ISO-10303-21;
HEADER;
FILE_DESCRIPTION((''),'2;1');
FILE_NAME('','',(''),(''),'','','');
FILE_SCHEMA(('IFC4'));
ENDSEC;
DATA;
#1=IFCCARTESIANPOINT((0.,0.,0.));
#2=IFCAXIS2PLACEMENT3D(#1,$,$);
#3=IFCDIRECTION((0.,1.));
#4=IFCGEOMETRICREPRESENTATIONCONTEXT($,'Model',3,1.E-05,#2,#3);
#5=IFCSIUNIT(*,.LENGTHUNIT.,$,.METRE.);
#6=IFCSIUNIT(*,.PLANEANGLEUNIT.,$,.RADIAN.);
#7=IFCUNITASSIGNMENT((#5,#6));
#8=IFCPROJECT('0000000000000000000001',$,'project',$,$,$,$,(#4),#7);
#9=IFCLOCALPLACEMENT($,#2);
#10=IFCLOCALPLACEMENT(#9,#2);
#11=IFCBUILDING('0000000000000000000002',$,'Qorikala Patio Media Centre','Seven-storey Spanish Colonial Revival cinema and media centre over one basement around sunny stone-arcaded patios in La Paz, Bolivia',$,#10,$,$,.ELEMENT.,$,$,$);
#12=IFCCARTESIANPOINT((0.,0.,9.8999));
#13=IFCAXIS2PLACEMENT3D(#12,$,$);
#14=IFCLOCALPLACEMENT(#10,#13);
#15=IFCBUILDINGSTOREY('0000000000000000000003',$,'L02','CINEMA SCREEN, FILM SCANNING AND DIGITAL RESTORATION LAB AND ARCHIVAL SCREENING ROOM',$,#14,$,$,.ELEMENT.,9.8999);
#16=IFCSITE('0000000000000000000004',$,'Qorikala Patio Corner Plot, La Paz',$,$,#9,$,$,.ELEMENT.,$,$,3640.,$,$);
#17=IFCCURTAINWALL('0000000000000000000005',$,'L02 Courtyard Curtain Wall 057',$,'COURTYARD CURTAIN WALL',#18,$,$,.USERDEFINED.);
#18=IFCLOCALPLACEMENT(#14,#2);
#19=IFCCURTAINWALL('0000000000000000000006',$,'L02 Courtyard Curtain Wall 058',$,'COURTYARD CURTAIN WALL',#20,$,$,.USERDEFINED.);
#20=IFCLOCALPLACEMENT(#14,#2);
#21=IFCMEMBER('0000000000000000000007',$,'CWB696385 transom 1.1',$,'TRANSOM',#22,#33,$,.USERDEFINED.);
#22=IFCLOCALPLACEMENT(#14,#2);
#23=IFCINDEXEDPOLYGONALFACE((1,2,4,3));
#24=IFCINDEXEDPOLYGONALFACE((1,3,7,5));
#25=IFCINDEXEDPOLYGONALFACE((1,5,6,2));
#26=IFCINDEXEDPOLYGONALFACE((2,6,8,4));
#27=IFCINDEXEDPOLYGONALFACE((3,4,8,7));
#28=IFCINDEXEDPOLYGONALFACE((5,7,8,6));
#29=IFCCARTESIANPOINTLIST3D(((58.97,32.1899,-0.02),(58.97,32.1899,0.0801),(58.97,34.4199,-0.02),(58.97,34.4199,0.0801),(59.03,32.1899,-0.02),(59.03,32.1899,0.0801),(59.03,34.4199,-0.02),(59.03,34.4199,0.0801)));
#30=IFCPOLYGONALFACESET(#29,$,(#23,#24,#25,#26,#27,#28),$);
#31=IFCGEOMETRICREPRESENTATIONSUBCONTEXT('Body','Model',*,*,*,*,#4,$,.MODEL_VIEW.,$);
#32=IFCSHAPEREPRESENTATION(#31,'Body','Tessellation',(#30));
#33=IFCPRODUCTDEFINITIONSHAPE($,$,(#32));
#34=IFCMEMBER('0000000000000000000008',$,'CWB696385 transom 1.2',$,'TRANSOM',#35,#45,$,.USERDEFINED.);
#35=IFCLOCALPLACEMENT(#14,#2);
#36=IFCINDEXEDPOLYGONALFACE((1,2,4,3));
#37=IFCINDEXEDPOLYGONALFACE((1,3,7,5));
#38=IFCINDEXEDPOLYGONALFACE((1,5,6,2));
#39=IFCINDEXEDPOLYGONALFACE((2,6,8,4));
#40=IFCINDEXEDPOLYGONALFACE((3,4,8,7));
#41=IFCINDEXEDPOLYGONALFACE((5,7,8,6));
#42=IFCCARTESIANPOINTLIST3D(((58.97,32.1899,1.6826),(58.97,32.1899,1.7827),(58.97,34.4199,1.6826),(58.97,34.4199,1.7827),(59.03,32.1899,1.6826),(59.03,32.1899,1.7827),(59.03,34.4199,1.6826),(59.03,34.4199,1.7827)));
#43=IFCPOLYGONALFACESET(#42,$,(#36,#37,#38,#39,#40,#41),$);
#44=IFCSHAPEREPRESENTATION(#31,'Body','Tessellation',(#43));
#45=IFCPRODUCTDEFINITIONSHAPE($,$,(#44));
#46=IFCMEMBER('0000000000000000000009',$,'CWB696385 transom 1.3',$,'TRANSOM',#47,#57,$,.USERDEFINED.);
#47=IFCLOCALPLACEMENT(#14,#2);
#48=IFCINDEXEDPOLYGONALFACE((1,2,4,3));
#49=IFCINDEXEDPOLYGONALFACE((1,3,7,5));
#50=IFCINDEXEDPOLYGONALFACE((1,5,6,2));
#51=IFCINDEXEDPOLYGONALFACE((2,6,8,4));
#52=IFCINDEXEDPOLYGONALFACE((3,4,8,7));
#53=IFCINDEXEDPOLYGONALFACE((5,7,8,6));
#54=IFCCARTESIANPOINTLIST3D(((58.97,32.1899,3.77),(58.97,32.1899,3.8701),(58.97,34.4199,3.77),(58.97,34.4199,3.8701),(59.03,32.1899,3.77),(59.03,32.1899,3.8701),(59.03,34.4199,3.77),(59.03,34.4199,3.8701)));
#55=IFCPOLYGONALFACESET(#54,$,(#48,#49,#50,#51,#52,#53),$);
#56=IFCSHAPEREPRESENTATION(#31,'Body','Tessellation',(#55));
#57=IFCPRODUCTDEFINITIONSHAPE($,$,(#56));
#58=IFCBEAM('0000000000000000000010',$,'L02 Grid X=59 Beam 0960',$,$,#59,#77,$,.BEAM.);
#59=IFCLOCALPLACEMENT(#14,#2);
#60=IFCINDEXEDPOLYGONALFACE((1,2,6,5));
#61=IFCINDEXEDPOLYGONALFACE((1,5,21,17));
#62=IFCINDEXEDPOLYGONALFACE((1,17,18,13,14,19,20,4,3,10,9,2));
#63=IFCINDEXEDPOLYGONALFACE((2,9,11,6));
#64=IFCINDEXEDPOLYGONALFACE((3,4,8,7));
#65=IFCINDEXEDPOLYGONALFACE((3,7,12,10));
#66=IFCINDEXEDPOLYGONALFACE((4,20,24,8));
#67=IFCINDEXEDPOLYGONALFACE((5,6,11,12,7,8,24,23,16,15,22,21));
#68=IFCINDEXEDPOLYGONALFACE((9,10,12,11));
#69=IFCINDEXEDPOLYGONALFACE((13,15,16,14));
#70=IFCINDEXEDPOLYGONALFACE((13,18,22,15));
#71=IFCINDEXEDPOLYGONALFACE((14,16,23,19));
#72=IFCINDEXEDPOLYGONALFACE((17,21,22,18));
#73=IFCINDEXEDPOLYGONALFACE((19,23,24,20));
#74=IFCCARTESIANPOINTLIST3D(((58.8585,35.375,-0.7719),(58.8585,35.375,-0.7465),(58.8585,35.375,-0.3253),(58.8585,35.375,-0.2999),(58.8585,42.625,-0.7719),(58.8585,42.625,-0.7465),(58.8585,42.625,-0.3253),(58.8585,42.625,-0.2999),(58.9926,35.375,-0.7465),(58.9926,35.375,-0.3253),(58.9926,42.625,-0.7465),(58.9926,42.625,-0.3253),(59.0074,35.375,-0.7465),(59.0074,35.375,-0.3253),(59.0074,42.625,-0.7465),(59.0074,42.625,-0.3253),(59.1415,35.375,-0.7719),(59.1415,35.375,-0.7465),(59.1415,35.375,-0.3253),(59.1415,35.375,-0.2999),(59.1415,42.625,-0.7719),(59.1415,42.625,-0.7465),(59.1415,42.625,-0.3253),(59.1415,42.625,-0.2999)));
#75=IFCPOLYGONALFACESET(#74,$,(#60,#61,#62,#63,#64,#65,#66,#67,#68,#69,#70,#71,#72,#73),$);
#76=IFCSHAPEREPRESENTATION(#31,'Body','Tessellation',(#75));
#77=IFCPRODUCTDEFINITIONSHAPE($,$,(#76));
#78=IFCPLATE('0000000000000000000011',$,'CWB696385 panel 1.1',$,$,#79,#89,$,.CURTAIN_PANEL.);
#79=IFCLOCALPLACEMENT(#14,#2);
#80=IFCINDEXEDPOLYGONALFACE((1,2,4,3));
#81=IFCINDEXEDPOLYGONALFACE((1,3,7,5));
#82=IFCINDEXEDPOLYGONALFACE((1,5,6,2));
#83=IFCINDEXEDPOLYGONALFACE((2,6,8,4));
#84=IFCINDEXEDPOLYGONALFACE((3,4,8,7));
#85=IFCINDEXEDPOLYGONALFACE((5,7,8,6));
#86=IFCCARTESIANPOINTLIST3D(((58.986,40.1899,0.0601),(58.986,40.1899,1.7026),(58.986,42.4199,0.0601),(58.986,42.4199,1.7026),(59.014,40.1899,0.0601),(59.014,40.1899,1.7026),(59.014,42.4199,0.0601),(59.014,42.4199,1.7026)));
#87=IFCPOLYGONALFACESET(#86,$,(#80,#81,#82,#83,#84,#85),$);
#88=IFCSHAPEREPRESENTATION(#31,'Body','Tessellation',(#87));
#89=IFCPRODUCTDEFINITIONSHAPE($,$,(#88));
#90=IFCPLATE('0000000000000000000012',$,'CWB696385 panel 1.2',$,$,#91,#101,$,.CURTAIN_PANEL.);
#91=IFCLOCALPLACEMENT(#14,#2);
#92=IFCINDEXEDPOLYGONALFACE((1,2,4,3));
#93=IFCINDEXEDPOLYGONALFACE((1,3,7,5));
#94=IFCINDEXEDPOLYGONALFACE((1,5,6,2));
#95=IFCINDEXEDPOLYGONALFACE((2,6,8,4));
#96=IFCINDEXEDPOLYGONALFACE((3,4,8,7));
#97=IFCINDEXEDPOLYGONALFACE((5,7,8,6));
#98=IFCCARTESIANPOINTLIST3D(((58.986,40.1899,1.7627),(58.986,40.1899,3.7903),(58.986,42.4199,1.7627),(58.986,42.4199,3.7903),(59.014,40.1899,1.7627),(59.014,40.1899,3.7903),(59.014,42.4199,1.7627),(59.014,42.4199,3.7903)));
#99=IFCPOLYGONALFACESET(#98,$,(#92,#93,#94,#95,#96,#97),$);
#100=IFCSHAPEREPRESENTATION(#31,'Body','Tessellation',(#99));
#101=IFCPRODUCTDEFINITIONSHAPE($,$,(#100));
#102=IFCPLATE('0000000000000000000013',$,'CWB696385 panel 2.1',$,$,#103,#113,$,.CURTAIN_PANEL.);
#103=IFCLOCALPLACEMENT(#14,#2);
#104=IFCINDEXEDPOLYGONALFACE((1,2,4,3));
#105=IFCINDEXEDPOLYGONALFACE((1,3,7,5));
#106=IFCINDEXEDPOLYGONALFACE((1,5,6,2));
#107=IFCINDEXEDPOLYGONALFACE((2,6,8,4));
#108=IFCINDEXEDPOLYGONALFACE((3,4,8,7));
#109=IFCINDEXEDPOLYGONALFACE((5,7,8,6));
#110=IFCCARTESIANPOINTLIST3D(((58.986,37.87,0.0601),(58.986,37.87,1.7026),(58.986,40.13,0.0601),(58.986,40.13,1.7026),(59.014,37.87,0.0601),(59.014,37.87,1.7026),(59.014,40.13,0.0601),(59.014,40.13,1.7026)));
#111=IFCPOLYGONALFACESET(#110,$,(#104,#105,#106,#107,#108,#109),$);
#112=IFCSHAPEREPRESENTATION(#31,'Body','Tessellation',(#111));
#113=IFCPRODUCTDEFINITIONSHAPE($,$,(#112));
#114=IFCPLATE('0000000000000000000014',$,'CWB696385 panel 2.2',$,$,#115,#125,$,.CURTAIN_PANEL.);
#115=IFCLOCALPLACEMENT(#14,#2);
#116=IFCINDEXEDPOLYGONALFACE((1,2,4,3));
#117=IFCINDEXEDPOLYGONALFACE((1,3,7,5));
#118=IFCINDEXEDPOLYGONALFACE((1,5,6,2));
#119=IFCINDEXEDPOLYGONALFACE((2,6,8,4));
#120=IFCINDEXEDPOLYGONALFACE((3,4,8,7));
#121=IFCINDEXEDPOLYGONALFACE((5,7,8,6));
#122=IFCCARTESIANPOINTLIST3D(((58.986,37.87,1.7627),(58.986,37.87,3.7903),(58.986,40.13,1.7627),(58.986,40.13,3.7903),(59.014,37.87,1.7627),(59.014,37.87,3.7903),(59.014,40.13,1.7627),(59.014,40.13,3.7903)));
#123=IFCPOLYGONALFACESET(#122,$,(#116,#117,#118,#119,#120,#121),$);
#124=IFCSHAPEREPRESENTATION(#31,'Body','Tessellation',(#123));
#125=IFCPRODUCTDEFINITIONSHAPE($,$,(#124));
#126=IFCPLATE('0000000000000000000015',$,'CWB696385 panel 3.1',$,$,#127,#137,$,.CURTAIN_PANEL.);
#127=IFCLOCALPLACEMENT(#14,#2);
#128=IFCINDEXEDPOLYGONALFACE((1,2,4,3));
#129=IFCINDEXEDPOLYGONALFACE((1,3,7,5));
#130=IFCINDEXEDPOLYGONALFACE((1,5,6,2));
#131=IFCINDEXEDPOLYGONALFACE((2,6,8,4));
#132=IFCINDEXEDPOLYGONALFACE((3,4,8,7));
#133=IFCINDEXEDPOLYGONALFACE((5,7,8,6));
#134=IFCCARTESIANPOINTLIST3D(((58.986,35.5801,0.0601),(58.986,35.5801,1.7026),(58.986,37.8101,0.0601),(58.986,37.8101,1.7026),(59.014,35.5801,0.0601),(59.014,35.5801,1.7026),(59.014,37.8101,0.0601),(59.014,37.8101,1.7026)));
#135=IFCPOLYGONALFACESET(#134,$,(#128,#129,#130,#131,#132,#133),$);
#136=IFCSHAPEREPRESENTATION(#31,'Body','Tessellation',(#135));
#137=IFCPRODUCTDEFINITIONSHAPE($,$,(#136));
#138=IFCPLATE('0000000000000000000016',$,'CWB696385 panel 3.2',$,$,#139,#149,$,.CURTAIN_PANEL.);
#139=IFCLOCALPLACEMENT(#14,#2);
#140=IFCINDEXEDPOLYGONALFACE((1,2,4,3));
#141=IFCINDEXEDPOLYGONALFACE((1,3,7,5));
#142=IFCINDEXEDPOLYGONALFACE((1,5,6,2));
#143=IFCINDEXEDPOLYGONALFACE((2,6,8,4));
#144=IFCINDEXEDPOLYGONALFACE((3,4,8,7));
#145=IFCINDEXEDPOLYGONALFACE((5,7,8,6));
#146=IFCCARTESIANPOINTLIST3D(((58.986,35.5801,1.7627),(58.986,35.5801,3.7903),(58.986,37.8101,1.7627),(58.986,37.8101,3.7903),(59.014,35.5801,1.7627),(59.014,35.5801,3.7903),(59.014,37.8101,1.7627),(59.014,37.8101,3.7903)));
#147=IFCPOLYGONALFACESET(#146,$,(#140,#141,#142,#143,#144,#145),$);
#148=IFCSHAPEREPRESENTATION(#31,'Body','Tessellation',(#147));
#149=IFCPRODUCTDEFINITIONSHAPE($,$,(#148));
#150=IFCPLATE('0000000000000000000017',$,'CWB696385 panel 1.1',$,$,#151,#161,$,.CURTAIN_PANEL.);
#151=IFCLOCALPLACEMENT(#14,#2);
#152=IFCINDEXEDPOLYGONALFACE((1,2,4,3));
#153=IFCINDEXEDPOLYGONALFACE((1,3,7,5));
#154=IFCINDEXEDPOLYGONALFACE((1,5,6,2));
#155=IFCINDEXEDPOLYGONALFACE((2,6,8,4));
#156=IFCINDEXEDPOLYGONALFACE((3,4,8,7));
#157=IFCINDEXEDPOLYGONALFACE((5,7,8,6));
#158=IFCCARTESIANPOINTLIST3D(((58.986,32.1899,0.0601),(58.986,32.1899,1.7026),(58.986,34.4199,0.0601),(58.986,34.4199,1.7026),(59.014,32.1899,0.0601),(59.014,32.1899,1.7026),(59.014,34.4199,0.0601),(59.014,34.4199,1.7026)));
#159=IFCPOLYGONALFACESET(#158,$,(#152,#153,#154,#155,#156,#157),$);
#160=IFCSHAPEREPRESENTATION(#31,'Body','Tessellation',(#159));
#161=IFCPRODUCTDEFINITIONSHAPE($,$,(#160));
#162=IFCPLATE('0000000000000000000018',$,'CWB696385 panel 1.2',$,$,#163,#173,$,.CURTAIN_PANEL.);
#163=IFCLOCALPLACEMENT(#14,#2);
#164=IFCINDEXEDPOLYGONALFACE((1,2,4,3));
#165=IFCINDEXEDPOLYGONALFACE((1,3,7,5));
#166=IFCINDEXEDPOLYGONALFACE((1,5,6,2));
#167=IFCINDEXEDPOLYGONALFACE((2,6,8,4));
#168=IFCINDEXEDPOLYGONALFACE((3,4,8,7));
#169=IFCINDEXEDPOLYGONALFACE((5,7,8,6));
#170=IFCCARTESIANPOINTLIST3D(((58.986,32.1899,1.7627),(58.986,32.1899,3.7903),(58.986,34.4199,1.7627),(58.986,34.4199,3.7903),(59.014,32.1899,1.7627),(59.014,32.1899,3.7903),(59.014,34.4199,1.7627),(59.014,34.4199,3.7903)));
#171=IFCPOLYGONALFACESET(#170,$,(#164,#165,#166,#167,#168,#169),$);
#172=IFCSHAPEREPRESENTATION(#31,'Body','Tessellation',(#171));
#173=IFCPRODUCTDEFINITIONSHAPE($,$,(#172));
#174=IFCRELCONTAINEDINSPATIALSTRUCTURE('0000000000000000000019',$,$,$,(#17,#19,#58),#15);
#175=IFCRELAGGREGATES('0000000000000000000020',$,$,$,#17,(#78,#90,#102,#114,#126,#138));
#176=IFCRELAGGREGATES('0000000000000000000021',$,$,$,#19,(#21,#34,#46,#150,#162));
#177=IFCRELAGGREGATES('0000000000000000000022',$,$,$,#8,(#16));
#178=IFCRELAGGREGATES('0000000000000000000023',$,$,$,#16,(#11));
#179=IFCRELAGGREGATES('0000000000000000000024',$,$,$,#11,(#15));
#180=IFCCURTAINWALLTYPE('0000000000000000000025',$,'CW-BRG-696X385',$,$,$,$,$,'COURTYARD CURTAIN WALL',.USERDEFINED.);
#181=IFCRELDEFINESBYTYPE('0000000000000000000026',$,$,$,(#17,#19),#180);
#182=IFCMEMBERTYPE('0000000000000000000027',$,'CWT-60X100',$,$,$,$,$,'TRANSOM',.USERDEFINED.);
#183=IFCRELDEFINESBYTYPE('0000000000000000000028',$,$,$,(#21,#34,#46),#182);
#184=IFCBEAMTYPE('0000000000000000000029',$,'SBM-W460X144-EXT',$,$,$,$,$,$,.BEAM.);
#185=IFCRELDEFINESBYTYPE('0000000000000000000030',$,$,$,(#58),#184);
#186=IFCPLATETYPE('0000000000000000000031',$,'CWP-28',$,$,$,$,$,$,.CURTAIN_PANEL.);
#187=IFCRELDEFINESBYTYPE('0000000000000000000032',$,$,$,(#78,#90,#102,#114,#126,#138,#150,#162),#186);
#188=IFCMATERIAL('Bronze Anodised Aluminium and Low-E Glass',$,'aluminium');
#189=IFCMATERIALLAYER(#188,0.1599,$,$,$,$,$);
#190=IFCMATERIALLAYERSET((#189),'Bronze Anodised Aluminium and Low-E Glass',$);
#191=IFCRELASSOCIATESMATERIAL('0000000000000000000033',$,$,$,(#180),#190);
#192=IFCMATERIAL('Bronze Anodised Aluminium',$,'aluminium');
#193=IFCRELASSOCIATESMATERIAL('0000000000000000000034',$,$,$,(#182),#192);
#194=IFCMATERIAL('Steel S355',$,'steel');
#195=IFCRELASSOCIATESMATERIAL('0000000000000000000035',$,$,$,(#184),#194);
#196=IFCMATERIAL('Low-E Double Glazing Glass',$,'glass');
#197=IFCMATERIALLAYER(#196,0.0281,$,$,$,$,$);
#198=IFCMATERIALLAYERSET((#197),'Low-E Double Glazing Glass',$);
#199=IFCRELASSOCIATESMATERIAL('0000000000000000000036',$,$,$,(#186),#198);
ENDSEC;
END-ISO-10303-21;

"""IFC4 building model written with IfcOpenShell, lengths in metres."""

from ifc_helpers import new_model, si_unit, direction, frame, origin, origin_2d, place, context, subcontext, project, spatial, rectangle, i_section, extrude, material, layer, layer_set, material_profile, profile_set, type_object, element, aggregate, save


model = new_model("IFC4")

# Units and contexts
model_context = context("Model", 3, precision=1e-05, world=origin(), true_north=direction((0.0, 1.0)))
body_context = subcontext(model_context, "Body", "Model", "MODEL_VIEW")
ifc_project = project(units=[si_unit("LENGTHUNIT", "METRE"), si_unit("PLANEANGLEUNIT", "RADIAN")], contexts=[model_context])

# Site, building, storey
site_placement = place(None, origin())
site = spatial("IfcSite", under=ifc_project, at=site_placement, Name="Qorikala Patio Corner Plot, La Paz", CompositionType="ELEMENT", RefElevation=3640.0)
building_placement = place(site_placement, origin())
building = spatial("IfcBuilding", under=site, at=building_placement, Name="Qorikala Patio Media Centre", Description="Seven-storey Spanish Colonial Revival cinema and media centre over one basement around sunny stone-arcaded patios in La Paz, Bolivia", CompositionType="ELEMENT")
storey_placement = place(building_placement, frame((0.0, 0.0, 9.8999)))
storey = spatial("IfcBuildingStorey", under=building, at=storey_placement, Name="L02", Description="CINEMA SCREEN, FILM SCANNING AND DIGITAL RESTORATION LAB AND ARCHIVAL SCREENING ROOM", CompositionType="ELEMENT", Elevation=9.8999)

# Curtain walls
ifc_material_1 = material(Name="Bronze Anodised Aluminium and Low-E Glass", Category="aluminium")
ifc_layer_1 = layer(ifc_material_1, 0.1599)
ifc_layer_set_1 = layer_set([ifc_layer_1], Name="Bronze Anodised Aluminium and Low-E Glass")
curtain_wall_type = type_object("IfcCurtainWallType", Name="CW-BRG-696X385", ElementType="COURTYARD CURTAIN WALL", PredefinedType="USERDEFINED", material=ifc_layer_set_1)
curtain_wall_1_placement = place(storey_placement, origin())
curtain_wall_1 = element("IfcCurtainWall", 1, at=curtain_wall_1_placement, inside=storey, type_object=curtain_wall_type, Name="L02 Courtyard Curtain Wall 057", ObjectType="COURTYARD CURTAIN WALL", PredefinedType="USERDEFINED")
ifc_material_2 = material(Name="Bronze Anodised Aluminium", Category="aluminium")
curtain_wall_2_placement = place(storey_placement, origin())
curtain_wall_2 = element("IfcCurtainWall", 2, at=curtain_wall_2_placement, inside=storey, type_object=curtain_wall_type, Name="L02 Courtyard Curtain Wall 058", ObjectType="COURTYARD CURTAIN WALL", PredefinedType="USERDEFINED")

# Members
ifc_material_profile_1 = material_profile(ifc_material_2, rectangle(XDim=0.0601, YDim=0.1001, at=origin_2d()), Name="ALU TRANSOM 60x100")
ifc_profile_set_1 = profile_set([ifc_material_profile_1], Name="Bronze Anodised Aluminium")
member_type_1 = type_object("IfcMemberType", Name="CWT-60X100", ElementType="TRANSOM", PredefinedType="USERDEFINED", material=ifc_profile_set_1)
member_1_placement = place(storey_placement, frame((59.0, 34.4199, 0.03), z_axis=(0.0, -1.0, 0.0), x_axis=(1.0, 0.0, 0.0)))
member_1 = element("IfcMember", 3, at=member_1_placement, type_object=member_type_1, Name="CWB696385 transom 1.1", ObjectType="TRANSOM", PredefinedType="USERDEFINED", context=body_context, shape_type="SweptSolid", body=[
    extrude(rectangle(XDim=0.0601, YDim=0.1001, at=origin_2d()), origin(), (0.0, 0.0, 1.0), 2.23),
])
member_2_placement = place(storey_placement, frame((59.0, 34.4199, 1.7327), z_axis=(0.0, -1.0, 0.0), x_axis=(1.0, 0.0, 0.0)))
member_2 = element("IfcMember", 4, at=member_2_placement, type_object=member_type_1, Name="CWB696385 transom 1.2", ObjectType="TRANSOM", PredefinedType="USERDEFINED", context=body_context, shape_type="SweptSolid", body=[
    extrude(rectangle(XDim=0.0601, YDim=0.1001, at=origin_2d()), origin(), (0.0, 0.0, 1.0), 2.23),
])
member_3_placement = place(storey_placement, frame((59.0, 34.4199, 3.8201), z_axis=(0.0, -1.0, 0.0), x_axis=(1.0, 0.0, 0.0)))
member_3 = element("IfcMember", 5, at=member_3_placement, type_object=member_type_1, Name="CWB696385 transom 1.3", ObjectType="TRANSOM", PredefinedType="USERDEFINED", context=body_context, shape_type="SweptSolid", body=[
    extrude(rectangle(XDim=0.0601, YDim=0.1001, at=origin_2d()), origin(), (0.0, 0.0, 1.0), 2.23),
])

# Beam
ifc_material_3 = material(Name="Steel S355", Category="steel")
ifc_material_profile_2 = material_profile(ifc_material_3, i_section(OverallWidth=0.283, OverallDepth=0.4719, WebThickness=0.0149, FlangeThickness=0.0254, at=origin_2d()), Name="W460X144")
ifc_profile_set_2 = profile_set([ifc_material_profile_2], Name="Steel S355")
beam_type = type_object("IfcBeamType", Name="SBM-W460X144-EXT", PredefinedType="BEAM", material=ifc_profile_set_2)
beam_placement = place(storey_placement, frame((59.0, 35.375, -0.5359), z_axis=(0.0, 1.0, 0.0), x_axis=(-1.0, 0.0, 0.0)))
element("IfcBeam", 6, at=beam_placement, inside=storey, type_object=beam_type, Name="L02 Grid X=59 Beam 0960", PredefinedType="BEAM", context=body_context, shape_type="SweptSolid", body=[
    extrude(i_section(OverallWidth=0.283, OverallDepth=0.4719, WebThickness=0.0149, FlangeThickness=0.0254, at=origin_2d()), origin(), (0.0, 0.0, 1.0), 7.25),
])

# Plates
ifc_material_4 = material(Name="Low-E Double Glazing Glass", Category="glass")
ifc_layer_2 = layer(ifc_material_4, 0.0281)
ifc_layer_set_2 = layer_set([ifc_layer_2], Name="Low-E Double Glazing Glass")
plate_type = type_object("IfcPlateType", Name="CWP-28", PredefinedType="CURTAIN_PANEL", material=ifc_layer_set_2)
plate_1_placement = place(storey_placement, frame((59.0, 41.3049, 0.0601), z_axis=(0.0, 0.0, 1.0), x_axis=(0.0, -1.0, 0.0)))
plate_1 = element("IfcPlate", 7, at=plate_1_placement, type_object=plate_type, Name="CWB696385 panel 1.1", PredefinedType="CURTAIN_PANEL", context=body_context, shape_type="SweptSolid", body=[
    extrude(rectangle(XDim=2.23, YDim=0.0281, at=origin_2d()), origin(), (0.0, 0.0, 1.0), 1.6426),
])
plate_2_placement = place(storey_placement, frame((59.0, 41.3049, 1.7627), z_axis=(0.0, 0.0, 1.0), x_axis=(0.0, -1.0, 0.0)))
plate_2 = element("IfcPlate", 8, at=plate_2_placement, type_object=plate_type, Name="CWB696385 panel 1.2", PredefinedType="CURTAIN_PANEL", context=body_context, shape_type="SweptSolid", body=[
    extrude(rectangle(XDim=2.23, YDim=0.0281, at=origin_2d()), origin(), (0.0, 0.0, 1.0), 2.0276),
])
plate_3_placement = place(storey_placement, frame((59.0, 39.0, 0.0601), z_axis=(0.0, 0.0, 1.0), x_axis=(0.0, -1.0, 0.0)))
plate_3 = element("IfcPlate", 9, at=plate_3_placement, type_object=plate_type, Name="CWB696385 panel 2.1", PredefinedType="CURTAIN_PANEL", context=body_context, shape_type="SweptSolid", body=[
    extrude(rectangle(XDim=2.26, YDim=0.0281, at=origin_2d()), origin(), (0.0, 0.0, 1.0), 1.6426),
])
plate_4_placement = place(storey_placement, frame((59.0, 39.0, 1.7627), z_axis=(0.0, 0.0, 1.0), x_axis=(0.0, -1.0, 0.0)))
plate_4 = element("IfcPlate", 10, at=plate_4_placement, type_object=plate_type, Name="CWB696385 panel 2.2", PredefinedType="CURTAIN_PANEL", context=body_context, shape_type="SweptSolid", body=[
    extrude(rectangle(XDim=2.26, YDim=0.0281, at=origin_2d()), origin(), (0.0, 0.0, 1.0), 2.0276),
])
plate_5_placement = place(storey_placement, frame((59.0, 36.6951, 0.0601), z_axis=(0.0, 0.0, 1.0), x_axis=(0.0, -1.0, 0.0)))
plate_5 = element("IfcPlate", 11, at=plate_5_placement, type_object=plate_type, Name="CWB696385 panel 3.1", PredefinedType="CURTAIN_PANEL", context=body_context, shape_type="SweptSolid", body=[
    extrude(rectangle(XDim=2.23, YDim=0.0281, at=origin_2d()), origin(), (0.0, 0.0, 1.0), 1.6426),
])
plate_6_placement = place(storey_placement, frame((59.0, 36.6951, 1.7627), z_axis=(0.0, 0.0, 1.0), x_axis=(0.0, -1.0, 0.0)))
plate_6 = element("IfcPlate", 12, at=plate_6_placement, type_object=plate_type, Name="CWB696385 panel 3.2", PredefinedType="CURTAIN_PANEL", context=body_context, shape_type="SweptSolid", body=[
    extrude(rectangle(XDim=2.23, YDim=0.0281, at=origin_2d()), origin(), (0.0, 0.0, 1.0), 2.0276),
])
aggregate(curtain_wall_1, [plate_1, plate_2, plate_3, plate_4, plate_5, plate_6])
plate_7_placement = place(storey_placement, frame((59.0, 33.3049, 0.0601), z_axis=(0.0, 0.0, 1.0), x_axis=(0.0, -1.0, 0.0)))
plate_7 = element("IfcPlate", 13, at=plate_7_placement, type_object=plate_type, Name="CWB696385 panel 1.1", PredefinedType="CURTAIN_PANEL", context=body_context, shape_type="SweptSolid", body=[
    extrude(rectangle(XDim=2.23, YDim=0.0281, at=origin_2d()), origin(), (0.0, 0.0, 1.0), 1.6426),
])
plate_8_placement = place(storey_placement, frame((59.0, 33.3049, 1.7627), z_axis=(0.0, 0.0, 1.0), x_axis=(0.0, -1.0, 0.0)))
plate_8 = element("IfcPlate", 14, at=plate_8_placement, type_object=plate_type, Name="CWB696385 panel 1.2", PredefinedType="CURTAIN_PANEL", context=body_context, shape_type="SweptSolid", body=[
    extrude(rectangle(XDim=2.23, YDim=0.0281, at=origin_2d()), origin(), (0.0, 0.0, 1.0), 2.0276),
])
aggregate(curtain_wall_2, [member_1, member_2, member_3, plate_7, plate_8])

save(model, "model.ifc")
